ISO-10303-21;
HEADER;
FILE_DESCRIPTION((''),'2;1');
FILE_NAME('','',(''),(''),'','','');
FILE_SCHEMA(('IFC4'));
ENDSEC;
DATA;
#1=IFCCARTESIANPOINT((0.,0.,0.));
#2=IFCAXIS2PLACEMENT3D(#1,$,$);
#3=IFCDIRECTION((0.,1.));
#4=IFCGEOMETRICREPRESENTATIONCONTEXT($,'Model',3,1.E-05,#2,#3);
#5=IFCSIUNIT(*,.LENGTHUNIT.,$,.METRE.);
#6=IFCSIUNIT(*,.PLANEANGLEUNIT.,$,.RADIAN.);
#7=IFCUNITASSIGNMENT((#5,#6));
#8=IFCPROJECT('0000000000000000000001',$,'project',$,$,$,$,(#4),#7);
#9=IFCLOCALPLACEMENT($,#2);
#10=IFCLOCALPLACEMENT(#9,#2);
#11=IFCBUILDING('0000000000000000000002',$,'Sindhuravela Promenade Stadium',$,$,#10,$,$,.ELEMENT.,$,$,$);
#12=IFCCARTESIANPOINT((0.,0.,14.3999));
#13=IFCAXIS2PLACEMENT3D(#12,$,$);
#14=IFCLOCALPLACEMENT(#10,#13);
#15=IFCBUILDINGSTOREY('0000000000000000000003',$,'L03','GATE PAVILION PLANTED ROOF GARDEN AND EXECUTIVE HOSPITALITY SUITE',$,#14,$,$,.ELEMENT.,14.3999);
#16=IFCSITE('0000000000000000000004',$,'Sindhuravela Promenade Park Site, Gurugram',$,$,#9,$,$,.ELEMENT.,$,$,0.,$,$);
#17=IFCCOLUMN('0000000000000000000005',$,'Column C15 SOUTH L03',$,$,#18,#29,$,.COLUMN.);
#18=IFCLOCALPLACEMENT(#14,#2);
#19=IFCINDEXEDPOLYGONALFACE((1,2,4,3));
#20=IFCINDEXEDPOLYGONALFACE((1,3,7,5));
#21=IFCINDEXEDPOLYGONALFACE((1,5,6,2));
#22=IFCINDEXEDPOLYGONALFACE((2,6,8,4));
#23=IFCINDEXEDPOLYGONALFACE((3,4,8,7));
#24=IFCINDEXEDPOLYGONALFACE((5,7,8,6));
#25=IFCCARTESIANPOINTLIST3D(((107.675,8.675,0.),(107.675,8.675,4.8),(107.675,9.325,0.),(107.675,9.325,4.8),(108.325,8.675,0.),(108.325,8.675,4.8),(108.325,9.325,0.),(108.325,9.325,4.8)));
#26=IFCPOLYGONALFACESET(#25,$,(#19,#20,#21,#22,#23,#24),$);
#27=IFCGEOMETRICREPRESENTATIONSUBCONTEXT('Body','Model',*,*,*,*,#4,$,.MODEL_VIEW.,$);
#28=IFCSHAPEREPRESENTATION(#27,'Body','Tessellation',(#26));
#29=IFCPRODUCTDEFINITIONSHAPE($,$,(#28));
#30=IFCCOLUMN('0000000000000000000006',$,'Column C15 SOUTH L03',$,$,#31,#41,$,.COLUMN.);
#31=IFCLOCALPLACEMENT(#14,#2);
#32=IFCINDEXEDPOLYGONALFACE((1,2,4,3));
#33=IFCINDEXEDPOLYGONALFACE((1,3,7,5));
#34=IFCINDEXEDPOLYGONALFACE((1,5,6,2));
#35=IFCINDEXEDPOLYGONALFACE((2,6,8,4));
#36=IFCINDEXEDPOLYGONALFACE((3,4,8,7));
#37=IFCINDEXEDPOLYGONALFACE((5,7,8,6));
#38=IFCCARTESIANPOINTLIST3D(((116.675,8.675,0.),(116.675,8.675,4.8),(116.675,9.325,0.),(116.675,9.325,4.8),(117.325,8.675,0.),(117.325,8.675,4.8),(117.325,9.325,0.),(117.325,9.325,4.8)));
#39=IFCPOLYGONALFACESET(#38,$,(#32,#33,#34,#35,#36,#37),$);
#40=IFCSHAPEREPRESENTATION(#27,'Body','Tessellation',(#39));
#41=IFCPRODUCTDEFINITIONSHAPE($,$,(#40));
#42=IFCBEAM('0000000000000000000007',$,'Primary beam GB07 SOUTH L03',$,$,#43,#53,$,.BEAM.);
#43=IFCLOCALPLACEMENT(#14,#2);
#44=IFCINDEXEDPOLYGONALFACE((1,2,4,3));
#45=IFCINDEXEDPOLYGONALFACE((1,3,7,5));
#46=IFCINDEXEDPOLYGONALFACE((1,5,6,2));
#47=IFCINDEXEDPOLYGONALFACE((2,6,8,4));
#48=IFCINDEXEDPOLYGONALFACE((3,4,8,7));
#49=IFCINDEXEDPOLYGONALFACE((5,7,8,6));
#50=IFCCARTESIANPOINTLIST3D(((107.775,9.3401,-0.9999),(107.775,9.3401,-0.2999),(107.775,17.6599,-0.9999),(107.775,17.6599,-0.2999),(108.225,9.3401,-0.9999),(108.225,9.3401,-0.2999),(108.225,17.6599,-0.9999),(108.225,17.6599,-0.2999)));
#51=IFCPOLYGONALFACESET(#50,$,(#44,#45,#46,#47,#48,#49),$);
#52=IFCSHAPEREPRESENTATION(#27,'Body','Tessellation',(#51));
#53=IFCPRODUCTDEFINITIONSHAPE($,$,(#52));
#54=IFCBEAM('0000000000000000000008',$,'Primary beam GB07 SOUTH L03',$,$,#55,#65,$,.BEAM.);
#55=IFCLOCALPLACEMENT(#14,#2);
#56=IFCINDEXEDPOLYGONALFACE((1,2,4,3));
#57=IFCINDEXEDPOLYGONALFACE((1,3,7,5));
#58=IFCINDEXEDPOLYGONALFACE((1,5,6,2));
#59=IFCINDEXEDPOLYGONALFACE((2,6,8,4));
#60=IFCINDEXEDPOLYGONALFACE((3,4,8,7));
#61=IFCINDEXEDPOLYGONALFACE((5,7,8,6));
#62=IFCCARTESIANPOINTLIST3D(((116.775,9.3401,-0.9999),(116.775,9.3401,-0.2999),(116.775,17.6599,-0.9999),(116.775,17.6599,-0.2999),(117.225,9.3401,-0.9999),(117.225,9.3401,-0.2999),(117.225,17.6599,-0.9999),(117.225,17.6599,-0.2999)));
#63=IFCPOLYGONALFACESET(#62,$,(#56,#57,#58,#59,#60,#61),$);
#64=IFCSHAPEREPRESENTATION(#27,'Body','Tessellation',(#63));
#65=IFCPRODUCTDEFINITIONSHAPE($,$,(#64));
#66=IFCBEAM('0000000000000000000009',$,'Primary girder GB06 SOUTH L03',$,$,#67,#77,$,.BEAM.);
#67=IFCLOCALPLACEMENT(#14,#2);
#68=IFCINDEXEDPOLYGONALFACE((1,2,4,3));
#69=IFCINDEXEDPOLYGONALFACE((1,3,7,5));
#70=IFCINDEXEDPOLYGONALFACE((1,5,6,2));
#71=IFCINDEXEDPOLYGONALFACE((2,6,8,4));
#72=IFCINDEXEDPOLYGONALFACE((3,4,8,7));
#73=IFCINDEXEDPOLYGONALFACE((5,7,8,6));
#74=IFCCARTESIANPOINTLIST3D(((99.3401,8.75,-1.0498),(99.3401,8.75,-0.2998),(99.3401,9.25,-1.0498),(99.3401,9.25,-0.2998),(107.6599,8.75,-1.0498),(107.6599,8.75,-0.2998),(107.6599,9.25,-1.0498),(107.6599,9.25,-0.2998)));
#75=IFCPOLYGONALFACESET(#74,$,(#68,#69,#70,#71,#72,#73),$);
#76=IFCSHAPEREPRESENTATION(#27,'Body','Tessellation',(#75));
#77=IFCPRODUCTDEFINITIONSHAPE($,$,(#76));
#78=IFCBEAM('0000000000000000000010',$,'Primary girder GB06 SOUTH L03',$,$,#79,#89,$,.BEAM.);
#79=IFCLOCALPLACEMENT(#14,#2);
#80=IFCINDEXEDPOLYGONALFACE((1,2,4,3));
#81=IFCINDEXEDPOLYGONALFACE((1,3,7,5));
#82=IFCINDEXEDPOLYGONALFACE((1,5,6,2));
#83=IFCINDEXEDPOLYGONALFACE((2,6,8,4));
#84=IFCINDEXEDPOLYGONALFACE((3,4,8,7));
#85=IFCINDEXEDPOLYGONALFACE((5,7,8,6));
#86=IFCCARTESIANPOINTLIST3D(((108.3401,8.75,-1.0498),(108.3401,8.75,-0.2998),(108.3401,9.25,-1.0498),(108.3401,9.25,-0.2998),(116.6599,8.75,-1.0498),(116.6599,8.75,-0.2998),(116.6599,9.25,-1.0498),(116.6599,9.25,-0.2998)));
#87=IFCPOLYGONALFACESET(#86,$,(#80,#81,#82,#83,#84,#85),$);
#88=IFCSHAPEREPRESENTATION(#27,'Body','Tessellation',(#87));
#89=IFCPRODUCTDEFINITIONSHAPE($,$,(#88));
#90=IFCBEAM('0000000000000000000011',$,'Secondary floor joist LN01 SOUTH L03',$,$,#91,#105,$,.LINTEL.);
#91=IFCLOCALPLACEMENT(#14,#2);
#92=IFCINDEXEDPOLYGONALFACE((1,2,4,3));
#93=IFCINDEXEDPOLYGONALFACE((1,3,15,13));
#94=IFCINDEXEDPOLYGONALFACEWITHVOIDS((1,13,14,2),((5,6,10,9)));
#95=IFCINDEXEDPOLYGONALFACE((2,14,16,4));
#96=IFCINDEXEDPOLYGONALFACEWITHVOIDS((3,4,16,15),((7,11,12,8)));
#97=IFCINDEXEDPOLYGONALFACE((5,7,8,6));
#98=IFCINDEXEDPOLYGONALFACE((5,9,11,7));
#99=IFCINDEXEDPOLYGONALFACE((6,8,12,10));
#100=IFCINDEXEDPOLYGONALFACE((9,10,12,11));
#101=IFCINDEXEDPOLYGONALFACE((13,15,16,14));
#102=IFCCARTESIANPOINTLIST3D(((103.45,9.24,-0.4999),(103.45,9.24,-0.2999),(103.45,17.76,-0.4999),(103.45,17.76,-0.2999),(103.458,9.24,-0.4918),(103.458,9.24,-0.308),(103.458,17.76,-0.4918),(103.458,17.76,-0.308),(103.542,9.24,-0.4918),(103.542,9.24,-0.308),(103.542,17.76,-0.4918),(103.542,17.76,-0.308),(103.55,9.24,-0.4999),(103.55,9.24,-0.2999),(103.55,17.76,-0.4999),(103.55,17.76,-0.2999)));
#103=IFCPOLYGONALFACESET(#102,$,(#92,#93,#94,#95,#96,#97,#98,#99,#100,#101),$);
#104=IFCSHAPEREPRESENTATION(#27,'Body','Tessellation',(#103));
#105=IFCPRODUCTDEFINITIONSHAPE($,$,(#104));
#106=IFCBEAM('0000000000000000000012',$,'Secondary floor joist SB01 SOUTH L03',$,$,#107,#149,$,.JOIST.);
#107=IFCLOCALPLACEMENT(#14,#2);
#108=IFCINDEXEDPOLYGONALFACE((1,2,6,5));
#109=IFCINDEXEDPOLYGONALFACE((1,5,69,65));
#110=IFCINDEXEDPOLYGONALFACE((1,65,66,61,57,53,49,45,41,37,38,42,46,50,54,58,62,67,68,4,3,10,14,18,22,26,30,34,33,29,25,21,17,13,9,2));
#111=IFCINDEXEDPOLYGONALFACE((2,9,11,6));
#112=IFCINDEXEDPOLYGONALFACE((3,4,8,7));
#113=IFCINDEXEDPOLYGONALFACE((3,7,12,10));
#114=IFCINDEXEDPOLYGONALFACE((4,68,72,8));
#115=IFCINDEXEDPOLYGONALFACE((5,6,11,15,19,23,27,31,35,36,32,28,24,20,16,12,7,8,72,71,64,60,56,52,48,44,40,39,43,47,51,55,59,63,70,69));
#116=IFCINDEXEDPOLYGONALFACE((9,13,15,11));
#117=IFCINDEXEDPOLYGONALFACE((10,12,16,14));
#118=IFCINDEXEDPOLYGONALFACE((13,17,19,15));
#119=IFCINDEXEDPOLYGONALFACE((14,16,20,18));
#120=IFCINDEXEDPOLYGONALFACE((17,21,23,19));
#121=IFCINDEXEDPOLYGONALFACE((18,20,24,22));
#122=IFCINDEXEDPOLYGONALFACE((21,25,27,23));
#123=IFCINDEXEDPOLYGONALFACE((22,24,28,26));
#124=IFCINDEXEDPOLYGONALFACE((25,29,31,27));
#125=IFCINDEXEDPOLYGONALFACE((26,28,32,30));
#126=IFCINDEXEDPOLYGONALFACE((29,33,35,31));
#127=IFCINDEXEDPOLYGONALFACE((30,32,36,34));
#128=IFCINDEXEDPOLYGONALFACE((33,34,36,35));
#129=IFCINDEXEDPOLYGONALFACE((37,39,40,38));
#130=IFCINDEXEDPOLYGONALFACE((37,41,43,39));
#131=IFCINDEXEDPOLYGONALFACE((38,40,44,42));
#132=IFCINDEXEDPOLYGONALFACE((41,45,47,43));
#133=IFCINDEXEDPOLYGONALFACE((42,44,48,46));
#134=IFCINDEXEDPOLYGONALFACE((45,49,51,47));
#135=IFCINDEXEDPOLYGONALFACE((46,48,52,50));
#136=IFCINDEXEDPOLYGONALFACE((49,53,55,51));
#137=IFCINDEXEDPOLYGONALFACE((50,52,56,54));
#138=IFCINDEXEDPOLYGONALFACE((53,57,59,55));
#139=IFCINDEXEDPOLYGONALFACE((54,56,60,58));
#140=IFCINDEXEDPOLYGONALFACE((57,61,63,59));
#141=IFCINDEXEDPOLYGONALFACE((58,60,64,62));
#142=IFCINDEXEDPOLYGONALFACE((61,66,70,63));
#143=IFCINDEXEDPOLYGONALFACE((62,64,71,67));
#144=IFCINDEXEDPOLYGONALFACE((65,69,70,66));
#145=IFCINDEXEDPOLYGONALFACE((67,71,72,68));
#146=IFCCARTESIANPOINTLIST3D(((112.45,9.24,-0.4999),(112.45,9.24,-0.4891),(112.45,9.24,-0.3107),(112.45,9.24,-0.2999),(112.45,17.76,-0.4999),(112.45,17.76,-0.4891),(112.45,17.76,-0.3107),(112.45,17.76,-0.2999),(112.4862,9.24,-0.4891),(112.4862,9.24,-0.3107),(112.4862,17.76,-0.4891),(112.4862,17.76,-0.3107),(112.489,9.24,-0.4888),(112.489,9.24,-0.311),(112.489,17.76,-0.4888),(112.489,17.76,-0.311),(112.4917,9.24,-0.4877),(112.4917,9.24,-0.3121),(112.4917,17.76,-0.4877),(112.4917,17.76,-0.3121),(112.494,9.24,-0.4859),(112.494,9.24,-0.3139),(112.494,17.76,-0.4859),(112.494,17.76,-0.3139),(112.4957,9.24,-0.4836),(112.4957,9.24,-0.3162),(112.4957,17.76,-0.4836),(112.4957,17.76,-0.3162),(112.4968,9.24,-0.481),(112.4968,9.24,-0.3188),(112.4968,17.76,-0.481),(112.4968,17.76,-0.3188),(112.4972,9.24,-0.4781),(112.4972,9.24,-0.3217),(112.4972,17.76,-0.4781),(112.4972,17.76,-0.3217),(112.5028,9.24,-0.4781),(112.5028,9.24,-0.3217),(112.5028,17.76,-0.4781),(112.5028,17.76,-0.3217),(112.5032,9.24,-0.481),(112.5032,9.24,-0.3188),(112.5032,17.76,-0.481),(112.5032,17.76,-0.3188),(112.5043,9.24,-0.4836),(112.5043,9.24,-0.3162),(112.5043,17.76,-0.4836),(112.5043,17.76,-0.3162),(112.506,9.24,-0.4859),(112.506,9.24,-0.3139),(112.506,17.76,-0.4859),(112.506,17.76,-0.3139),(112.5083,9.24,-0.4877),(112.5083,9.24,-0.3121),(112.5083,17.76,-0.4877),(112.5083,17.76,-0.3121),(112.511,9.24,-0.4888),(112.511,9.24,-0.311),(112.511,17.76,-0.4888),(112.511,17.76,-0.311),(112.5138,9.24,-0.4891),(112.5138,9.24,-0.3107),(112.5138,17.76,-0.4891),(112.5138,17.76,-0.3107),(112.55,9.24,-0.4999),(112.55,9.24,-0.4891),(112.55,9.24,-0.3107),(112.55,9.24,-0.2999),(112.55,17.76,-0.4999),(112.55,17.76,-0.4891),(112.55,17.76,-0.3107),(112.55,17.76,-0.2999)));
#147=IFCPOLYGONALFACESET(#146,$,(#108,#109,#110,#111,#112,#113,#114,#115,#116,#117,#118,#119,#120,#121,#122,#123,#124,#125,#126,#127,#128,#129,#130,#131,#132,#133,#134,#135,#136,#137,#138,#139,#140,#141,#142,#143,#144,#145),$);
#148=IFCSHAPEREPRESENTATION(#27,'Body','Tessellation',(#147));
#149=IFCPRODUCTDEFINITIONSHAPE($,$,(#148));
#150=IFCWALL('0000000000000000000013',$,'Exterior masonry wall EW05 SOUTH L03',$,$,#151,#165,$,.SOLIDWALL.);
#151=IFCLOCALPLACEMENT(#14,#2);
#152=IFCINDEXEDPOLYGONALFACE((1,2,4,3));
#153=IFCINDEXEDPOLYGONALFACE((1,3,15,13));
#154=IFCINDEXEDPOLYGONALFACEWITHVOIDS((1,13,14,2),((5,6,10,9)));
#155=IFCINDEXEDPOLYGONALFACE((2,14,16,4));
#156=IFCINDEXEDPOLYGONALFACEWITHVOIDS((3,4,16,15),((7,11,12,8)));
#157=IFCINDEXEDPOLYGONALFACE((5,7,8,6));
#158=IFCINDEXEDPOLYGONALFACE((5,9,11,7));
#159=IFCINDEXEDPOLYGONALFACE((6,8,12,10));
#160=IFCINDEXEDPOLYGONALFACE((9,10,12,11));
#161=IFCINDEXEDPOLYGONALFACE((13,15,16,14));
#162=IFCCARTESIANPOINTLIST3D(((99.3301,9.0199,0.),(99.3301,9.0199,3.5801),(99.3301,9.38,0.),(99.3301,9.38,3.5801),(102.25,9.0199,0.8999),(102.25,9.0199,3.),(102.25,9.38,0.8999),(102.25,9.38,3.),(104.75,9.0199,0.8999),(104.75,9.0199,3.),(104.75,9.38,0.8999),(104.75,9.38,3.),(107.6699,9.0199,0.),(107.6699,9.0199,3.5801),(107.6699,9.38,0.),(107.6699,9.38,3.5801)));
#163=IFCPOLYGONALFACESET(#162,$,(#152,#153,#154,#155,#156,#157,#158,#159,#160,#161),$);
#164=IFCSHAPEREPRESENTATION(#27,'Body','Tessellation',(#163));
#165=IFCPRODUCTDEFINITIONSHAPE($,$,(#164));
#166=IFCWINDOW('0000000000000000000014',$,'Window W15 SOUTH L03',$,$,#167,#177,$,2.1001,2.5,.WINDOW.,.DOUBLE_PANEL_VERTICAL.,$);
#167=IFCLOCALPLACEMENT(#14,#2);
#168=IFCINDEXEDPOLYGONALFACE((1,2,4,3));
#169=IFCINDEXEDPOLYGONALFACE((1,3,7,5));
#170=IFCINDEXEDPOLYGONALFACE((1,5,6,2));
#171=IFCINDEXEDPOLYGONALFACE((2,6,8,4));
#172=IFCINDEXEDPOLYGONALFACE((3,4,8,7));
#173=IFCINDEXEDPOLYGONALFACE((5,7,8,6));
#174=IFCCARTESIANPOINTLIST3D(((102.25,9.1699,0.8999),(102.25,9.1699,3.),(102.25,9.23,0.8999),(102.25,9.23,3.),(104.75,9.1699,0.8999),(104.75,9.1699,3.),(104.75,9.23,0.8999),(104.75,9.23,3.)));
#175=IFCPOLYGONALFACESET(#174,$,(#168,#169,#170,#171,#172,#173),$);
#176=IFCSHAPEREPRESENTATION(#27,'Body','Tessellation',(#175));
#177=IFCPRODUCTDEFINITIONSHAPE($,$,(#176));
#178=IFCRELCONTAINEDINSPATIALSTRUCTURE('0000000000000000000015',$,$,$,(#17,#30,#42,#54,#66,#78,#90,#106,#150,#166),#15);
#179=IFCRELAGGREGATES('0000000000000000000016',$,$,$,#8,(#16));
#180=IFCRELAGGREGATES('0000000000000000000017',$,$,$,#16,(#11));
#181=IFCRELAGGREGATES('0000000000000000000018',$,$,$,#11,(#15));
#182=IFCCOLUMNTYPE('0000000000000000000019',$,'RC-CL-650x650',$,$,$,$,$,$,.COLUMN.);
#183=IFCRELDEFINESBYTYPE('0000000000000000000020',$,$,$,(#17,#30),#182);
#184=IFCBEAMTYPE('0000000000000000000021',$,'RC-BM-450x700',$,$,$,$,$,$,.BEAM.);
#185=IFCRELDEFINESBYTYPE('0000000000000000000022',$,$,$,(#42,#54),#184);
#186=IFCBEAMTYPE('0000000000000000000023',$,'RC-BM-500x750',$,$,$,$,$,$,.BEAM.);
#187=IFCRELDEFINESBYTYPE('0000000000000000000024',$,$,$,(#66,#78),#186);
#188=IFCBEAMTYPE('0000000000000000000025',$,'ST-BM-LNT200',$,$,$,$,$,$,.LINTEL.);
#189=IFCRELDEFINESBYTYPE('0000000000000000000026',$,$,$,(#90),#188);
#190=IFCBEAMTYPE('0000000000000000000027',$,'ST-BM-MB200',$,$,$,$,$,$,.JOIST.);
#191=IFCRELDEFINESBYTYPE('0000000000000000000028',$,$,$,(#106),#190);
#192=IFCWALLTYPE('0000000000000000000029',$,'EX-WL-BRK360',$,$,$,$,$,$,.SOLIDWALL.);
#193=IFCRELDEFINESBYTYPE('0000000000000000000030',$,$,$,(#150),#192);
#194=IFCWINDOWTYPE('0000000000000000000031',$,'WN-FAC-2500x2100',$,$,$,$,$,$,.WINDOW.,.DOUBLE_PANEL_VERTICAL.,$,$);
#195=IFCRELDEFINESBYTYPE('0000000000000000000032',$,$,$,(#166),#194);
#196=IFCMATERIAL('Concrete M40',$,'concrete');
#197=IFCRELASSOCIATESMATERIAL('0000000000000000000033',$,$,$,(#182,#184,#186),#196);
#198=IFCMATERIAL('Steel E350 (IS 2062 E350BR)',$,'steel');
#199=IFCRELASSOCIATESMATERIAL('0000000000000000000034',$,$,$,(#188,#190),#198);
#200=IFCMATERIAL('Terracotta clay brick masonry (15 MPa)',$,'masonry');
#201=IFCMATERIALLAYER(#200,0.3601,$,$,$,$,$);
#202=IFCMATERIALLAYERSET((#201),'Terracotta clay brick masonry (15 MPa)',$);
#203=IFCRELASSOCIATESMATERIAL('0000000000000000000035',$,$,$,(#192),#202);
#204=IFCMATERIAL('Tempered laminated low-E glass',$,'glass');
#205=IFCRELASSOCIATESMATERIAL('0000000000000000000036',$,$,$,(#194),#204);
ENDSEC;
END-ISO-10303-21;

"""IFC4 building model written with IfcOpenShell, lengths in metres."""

from ifc_helpers import new_model, si_unit, direction, frame, frame_2d, origin, origin_2d, place, context, subcontext, project, spatial, rectangle, hollow_rectangle, i_section, extrude, material, layer, layer_set, material_profile, profile_set, type_object, element, fill, save


model = new_model("IFC4")

# Units and contexts
model_context = context("Model", 3, precision=1e-05, world=origin(), true_north=direction((0.0, 1.0)))
body_context = subcontext(model_context, "Body", "Model", "MODEL_VIEW")
ifc_project = project(units=[si_unit("LENGTHUNIT", "METRE"), si_unit("PLANEANGLEUNIT", "RADIAN")], contexts=[model_context])

# Site, building, storey
site_placement = place(None, origin())
site = spatial("IfcSite", under=ifc_project, at=site_placement, Name="Sindhuravela Promenade Park Site, Gurugram", CompositionType="ELEMENT", RefElevation=0.0)
building_placement = place(site_placement, origin())
building = spatial("IfcBuilding", under=site, at=building_placement, Name="Sindhuravela Promenade Stadium", CompositionType="ELEMENT")
storey_placement = place(building_placement, frame((0.0, 0.0, 14.3999)))
storey = spatial("IfcBuildingStorey", under=building, at=storey_placement, Name="L03", Description="GATE PAVILION PLANTED ROOF GARDEN AND EXECUTIVE HOSPITALITY SUITE", CompositionType="ELEMENT", Elevation=14.3999)

# Columns
ifc_material_1 = material(Name="Concrete M40", Category="concrete")
ifc_material_profile_1 = material_profile(ifc_material_1, rectangle(XDim=0.6499, YDim=0.6499, at=origin_2d()), Name="RC 650x650")
ifc_profile_set_1 = profile_set([ifc_material_profile_1], Name="Concrete M40")
column_type = type_object("IfcColumnType", Name="RC-CL-650x650", PredefinedType="COLUMN", material=ifc_profile_set_1)
for number, where, z_axis, x_axis, name in (
    (1, (108.0, 9.0, 0.0), (0.0, 0.0, 1.0), (1.0, 0.0, 0.0), "Column C15 SOUTH L03"),
    (2, (117.0, 9.0, 0.0), (0.0, 0.0, 1.0), (1.0, 0.0, 0.0), "Column C15 SOUTH L03"),
):
    element("IfcColumn", number, at=place(storey_placement, frame(where, z_axis=z_axis, x_axis=x_axis)), inside=storey, type_object=column_type, Name=name, PredefinedType="COLUMN", context=body_context, shape_type="SweptSolid", body=[
        extrude(rectangle(XDim=0.6499, YDim=0.6499, at=origin_2d()), origin(), (0.0, 0.0, 1.0), 4.8),
    ])

# Beams
ifc_material_profile_2 = material_profile(ifc_material_1, rectangle(XDim=0.45, YDim=0.7, at=origin_2d()), Name="RC 450x700")
ifc_profile_set_2 = profile_set([ifc_material_profile_2], Name="Concrete M40")
beam_type_1 = type_object("IfcBeamType", Name="RC-BM-450x700", PredefinedType="BEAM", material=ifc_profile_set_2)
for number, where, z_axis, x_axis, name in (
    (3, (108.0, 9.3401, -0.6499), (0.0, 1.0, 0.0), (-1.0, 0.0, 0.0), "Primary beam GB07 SOUTH L03"),
    (4, (117.0, 9.3401, -0.6499), (0.0, 1.0, 0.0), (-1.0, 0.0, 0.0), "Primary beam GB07 SOUTH L03"),
):
    element("IfcBeam", number, at=place(storey_placement, frame(where, z_axis=z_axis, x_axis=x_axis)), inside=storey, type_object=beam_type_1, Name=name, PredefinedType="BEAM", context=body_context, shape_type="SweptSolid", body=[
        extrude(rectangle(XDim=0.45, YDim=0.7, at=origin_2d()), origin(), (0.0, 0.0, 1.0), 8.3198),
    ])
ifc_material_profile_3 = material_profile(ifc_material_1, rectangle(XDim=0.5, YDim=0.75, at=origin_2d()), Name="RC 500x750")
ifc_profile_set_3 = profile_set([ifc_material_profile_3], Name="Concrete M40")
beam_type_2 = type_object("IfcBeamType", Name="RC-BM-500x750", PredefinedType="BEAM", material=ifc_profile_set_3)
for number, where, z_axis, x_axis, name in (
    (5, (99.3401, 9.0, -0.6748), (1.0, 0.0, 0.0), (0.0, 1.0, 0.0), "Primary girder GB06 SOUTH L03"),
    (6, (108.3401, 9.0, -0.6748), (1.0, 0.0, 0.0), (0.0, 1.0, 0.0), "Primary girder GB06 SOUTH L03"),
):
    element("IfcBeam", number, at=place(storey_placement, frame(where, z_axis=z_axis, x_axis=x_axis)), inside=storey, type_object=beam_type_2, Name=name, PredefinedType="BEAM", context=body_context, shape_type="SweptSolid", body=[
        extrude(rectangle(XDim=0.5, YDim=0.75, at=origin_2d()), origin(), (0.0, 0.0, 1.0), 8.3198),
    ])
ifc_material_2 = material(Name="Steel E350 (IS 2062 E350BR)", Category="steel")
ifc_material_profile_4 = material_profile(ifc_material_2, hollow_rectangle(XDim=0.1001, YDim=0.2, WallThickness=0.0081, at=origin_2d()), Name="RHS 200x100x8")
ifc_profile_set_4 = profile_set([ifc_material_profile_4], Name="Steel E350 (IS 2062 E350BR)")
beam_type_3 = type_object("IfcBeamType", Name="ST-BM-LNT200", PredefinedType="LINTEL", material=ifc_profile_set_4)
beam_1_placement = place(storey_placement, frame((103.5, 9.24, -0.3999), z_axis=(0.0, 1.0, 0.0), x_axis=(-1.0, 0.0, 0.0)))
element("IfcBeam", 7, at=beam_1_placement, inside=storey, type_object=beam_type_3, Name="Secondary floor joist LN01 SOUTH L03", PredefinedType="LINTEL", context=body_context, shape_type="SweptSolid", body=[
    extrude(hollow_rectangle(XDim=0.1001, YDim=0.2, WallThickness=0.0081, at=origin_2d()), origin(), (0.0, 0.0, 1.0), 8.52),
])
ifc_material_profile_5 = material_profile(ifc_material_2, i_section(OverallWidth=0.1001, OverallDepth=0.2, WebThickness=0.0056, FlangeThickness=0.0107, FilletRadius=0.011, at=origin_2d()), Name="ISMB 200")
ifc_profile_set_5 = profile_set([ifc_material_profile_5], Name="Steel E350 (IS 2062 E350BR)")
beam_type_4 = type_object("IfcBeamType", Name="ST-BM-MB200", PredefinedType="JOIST", material=ifc_profile_set_5)
beam_2_placement = place(storey_placement, frame((112.5, 9.24, -0.3999), z_axis=(0.0, 1.0, 0.0), x_axis=(-1.0, 0.0, 0.0)))
element("IfcBeam", 8, at=beam_2_placement, inside=storey, type_object=beam_type_4, Name="Secondary floor joist SB01 SOUTH L03", PredefinedType="JOIST", context=body_context, shape_type="SweptSolid", body=[
    extrude(i_section(OverallWidth=0.1001, OverallDepth=0.2, WebThickness=0.0056, FlangeThickness=0.0107, FilletRadius=0.011, at=origin_2d()), origin(), (0.0, 0.0, 1.0), 8.52),
])

# Wall, opening, window
ifc_material_3 = material(Name="Terracotta clay brick masonry (15 MPa)", Category="masonry")
ifc_layer_1 = layer(ifc_material_3, 0.3601)
ifc_layer_set_1 = layer_set([ifc_layer_1], Name="Terracotta clay brick masonry (15 MPa)")
wall_type_1 = type_object("IfcWallType", Name="EX-WL-BRK360", PredefinedType="SOLIDWALL", material=ifc_layer_set_1)
wall_1_placement = place(storey_placement, frame((107.6699, 9.2, 0.0), z_axis=(0.0, 0.0, 1.0), x_axis=(-1.0, 0.0, 0.0)))
wall_1 = element("IfcWall", 9, at=wall_1_placement, inside=storey, type_object=wall_type_1, Name="Exterior masonry wall EW05 SOUTH L03", PredefinedType="SOLIDWALL", context=body_context, shape_type="SweptSolid", body=[
    extrude(rectangle(XDim=8.3398, YDim=0.3601, at=frame_2d((4.1699, 0.0))), origin(), (0.0, 0.0, 1.0), 3.5801),
])
opening_1_placement = place(wall_1_placement, frame((2.9199, 0.0, 0.8999)))
opening_1 = element("IfcOpeningElement", 10, at=opening_1_placement, cuts=wall_1, PredefinedType="OPENING", context=body_context, shape_type="SweptSolid", body=[
    extrude(rectangle(XDim=2.5, YDim=2.1001, at=frame_2d((1.25, 1.05))), frame((0.0, 0.1899, 0.0), z_axis=(0.0, -1.0, 0.0), x_axis=(1.0, 0.0, 0.0)), (0.0, 0.0, 1.0), 0.3801),
])
ifc_material_4 = material(Name="Tempered laminated low-E glass", Category="glass")
window_type_1 = type_object("IfcWindowType", Name="WN-FAC-2500x2100", PartitioningType="DOUBLE_PANEL_VERTICAL", PredefinedType="WINDOW", material=ifc_material_4)
window_1_placement = place(opening_1_placement, origin())
window_1 = element("IfcWindow", 11, at=window_1_placement, inside=storey, type_object=window_type_1, Name="Window W15 SOUTH L03", OverallHeight=2.1001, OverallWidth=2.5, PartitioningType="DOUBLE_PANEL_VERTICAL", PredefinedType="WINDOW", context=body_context, shape_type="SweptSolid", body=[
    extrude(rectangle(XDim=2.5, YDim=2.1001, at=frame_2d((1.25, 1.05))), frame((0.0, 0.03, 0.0), z_axis=(0.0, -1.0, 0.0), x_axis=(1.0, 0.0, 0.0)), (0.0, 0.0, 1.0), 0.0601),
])
fill(opening_1, window_1)

save(model, "model.ifc")
